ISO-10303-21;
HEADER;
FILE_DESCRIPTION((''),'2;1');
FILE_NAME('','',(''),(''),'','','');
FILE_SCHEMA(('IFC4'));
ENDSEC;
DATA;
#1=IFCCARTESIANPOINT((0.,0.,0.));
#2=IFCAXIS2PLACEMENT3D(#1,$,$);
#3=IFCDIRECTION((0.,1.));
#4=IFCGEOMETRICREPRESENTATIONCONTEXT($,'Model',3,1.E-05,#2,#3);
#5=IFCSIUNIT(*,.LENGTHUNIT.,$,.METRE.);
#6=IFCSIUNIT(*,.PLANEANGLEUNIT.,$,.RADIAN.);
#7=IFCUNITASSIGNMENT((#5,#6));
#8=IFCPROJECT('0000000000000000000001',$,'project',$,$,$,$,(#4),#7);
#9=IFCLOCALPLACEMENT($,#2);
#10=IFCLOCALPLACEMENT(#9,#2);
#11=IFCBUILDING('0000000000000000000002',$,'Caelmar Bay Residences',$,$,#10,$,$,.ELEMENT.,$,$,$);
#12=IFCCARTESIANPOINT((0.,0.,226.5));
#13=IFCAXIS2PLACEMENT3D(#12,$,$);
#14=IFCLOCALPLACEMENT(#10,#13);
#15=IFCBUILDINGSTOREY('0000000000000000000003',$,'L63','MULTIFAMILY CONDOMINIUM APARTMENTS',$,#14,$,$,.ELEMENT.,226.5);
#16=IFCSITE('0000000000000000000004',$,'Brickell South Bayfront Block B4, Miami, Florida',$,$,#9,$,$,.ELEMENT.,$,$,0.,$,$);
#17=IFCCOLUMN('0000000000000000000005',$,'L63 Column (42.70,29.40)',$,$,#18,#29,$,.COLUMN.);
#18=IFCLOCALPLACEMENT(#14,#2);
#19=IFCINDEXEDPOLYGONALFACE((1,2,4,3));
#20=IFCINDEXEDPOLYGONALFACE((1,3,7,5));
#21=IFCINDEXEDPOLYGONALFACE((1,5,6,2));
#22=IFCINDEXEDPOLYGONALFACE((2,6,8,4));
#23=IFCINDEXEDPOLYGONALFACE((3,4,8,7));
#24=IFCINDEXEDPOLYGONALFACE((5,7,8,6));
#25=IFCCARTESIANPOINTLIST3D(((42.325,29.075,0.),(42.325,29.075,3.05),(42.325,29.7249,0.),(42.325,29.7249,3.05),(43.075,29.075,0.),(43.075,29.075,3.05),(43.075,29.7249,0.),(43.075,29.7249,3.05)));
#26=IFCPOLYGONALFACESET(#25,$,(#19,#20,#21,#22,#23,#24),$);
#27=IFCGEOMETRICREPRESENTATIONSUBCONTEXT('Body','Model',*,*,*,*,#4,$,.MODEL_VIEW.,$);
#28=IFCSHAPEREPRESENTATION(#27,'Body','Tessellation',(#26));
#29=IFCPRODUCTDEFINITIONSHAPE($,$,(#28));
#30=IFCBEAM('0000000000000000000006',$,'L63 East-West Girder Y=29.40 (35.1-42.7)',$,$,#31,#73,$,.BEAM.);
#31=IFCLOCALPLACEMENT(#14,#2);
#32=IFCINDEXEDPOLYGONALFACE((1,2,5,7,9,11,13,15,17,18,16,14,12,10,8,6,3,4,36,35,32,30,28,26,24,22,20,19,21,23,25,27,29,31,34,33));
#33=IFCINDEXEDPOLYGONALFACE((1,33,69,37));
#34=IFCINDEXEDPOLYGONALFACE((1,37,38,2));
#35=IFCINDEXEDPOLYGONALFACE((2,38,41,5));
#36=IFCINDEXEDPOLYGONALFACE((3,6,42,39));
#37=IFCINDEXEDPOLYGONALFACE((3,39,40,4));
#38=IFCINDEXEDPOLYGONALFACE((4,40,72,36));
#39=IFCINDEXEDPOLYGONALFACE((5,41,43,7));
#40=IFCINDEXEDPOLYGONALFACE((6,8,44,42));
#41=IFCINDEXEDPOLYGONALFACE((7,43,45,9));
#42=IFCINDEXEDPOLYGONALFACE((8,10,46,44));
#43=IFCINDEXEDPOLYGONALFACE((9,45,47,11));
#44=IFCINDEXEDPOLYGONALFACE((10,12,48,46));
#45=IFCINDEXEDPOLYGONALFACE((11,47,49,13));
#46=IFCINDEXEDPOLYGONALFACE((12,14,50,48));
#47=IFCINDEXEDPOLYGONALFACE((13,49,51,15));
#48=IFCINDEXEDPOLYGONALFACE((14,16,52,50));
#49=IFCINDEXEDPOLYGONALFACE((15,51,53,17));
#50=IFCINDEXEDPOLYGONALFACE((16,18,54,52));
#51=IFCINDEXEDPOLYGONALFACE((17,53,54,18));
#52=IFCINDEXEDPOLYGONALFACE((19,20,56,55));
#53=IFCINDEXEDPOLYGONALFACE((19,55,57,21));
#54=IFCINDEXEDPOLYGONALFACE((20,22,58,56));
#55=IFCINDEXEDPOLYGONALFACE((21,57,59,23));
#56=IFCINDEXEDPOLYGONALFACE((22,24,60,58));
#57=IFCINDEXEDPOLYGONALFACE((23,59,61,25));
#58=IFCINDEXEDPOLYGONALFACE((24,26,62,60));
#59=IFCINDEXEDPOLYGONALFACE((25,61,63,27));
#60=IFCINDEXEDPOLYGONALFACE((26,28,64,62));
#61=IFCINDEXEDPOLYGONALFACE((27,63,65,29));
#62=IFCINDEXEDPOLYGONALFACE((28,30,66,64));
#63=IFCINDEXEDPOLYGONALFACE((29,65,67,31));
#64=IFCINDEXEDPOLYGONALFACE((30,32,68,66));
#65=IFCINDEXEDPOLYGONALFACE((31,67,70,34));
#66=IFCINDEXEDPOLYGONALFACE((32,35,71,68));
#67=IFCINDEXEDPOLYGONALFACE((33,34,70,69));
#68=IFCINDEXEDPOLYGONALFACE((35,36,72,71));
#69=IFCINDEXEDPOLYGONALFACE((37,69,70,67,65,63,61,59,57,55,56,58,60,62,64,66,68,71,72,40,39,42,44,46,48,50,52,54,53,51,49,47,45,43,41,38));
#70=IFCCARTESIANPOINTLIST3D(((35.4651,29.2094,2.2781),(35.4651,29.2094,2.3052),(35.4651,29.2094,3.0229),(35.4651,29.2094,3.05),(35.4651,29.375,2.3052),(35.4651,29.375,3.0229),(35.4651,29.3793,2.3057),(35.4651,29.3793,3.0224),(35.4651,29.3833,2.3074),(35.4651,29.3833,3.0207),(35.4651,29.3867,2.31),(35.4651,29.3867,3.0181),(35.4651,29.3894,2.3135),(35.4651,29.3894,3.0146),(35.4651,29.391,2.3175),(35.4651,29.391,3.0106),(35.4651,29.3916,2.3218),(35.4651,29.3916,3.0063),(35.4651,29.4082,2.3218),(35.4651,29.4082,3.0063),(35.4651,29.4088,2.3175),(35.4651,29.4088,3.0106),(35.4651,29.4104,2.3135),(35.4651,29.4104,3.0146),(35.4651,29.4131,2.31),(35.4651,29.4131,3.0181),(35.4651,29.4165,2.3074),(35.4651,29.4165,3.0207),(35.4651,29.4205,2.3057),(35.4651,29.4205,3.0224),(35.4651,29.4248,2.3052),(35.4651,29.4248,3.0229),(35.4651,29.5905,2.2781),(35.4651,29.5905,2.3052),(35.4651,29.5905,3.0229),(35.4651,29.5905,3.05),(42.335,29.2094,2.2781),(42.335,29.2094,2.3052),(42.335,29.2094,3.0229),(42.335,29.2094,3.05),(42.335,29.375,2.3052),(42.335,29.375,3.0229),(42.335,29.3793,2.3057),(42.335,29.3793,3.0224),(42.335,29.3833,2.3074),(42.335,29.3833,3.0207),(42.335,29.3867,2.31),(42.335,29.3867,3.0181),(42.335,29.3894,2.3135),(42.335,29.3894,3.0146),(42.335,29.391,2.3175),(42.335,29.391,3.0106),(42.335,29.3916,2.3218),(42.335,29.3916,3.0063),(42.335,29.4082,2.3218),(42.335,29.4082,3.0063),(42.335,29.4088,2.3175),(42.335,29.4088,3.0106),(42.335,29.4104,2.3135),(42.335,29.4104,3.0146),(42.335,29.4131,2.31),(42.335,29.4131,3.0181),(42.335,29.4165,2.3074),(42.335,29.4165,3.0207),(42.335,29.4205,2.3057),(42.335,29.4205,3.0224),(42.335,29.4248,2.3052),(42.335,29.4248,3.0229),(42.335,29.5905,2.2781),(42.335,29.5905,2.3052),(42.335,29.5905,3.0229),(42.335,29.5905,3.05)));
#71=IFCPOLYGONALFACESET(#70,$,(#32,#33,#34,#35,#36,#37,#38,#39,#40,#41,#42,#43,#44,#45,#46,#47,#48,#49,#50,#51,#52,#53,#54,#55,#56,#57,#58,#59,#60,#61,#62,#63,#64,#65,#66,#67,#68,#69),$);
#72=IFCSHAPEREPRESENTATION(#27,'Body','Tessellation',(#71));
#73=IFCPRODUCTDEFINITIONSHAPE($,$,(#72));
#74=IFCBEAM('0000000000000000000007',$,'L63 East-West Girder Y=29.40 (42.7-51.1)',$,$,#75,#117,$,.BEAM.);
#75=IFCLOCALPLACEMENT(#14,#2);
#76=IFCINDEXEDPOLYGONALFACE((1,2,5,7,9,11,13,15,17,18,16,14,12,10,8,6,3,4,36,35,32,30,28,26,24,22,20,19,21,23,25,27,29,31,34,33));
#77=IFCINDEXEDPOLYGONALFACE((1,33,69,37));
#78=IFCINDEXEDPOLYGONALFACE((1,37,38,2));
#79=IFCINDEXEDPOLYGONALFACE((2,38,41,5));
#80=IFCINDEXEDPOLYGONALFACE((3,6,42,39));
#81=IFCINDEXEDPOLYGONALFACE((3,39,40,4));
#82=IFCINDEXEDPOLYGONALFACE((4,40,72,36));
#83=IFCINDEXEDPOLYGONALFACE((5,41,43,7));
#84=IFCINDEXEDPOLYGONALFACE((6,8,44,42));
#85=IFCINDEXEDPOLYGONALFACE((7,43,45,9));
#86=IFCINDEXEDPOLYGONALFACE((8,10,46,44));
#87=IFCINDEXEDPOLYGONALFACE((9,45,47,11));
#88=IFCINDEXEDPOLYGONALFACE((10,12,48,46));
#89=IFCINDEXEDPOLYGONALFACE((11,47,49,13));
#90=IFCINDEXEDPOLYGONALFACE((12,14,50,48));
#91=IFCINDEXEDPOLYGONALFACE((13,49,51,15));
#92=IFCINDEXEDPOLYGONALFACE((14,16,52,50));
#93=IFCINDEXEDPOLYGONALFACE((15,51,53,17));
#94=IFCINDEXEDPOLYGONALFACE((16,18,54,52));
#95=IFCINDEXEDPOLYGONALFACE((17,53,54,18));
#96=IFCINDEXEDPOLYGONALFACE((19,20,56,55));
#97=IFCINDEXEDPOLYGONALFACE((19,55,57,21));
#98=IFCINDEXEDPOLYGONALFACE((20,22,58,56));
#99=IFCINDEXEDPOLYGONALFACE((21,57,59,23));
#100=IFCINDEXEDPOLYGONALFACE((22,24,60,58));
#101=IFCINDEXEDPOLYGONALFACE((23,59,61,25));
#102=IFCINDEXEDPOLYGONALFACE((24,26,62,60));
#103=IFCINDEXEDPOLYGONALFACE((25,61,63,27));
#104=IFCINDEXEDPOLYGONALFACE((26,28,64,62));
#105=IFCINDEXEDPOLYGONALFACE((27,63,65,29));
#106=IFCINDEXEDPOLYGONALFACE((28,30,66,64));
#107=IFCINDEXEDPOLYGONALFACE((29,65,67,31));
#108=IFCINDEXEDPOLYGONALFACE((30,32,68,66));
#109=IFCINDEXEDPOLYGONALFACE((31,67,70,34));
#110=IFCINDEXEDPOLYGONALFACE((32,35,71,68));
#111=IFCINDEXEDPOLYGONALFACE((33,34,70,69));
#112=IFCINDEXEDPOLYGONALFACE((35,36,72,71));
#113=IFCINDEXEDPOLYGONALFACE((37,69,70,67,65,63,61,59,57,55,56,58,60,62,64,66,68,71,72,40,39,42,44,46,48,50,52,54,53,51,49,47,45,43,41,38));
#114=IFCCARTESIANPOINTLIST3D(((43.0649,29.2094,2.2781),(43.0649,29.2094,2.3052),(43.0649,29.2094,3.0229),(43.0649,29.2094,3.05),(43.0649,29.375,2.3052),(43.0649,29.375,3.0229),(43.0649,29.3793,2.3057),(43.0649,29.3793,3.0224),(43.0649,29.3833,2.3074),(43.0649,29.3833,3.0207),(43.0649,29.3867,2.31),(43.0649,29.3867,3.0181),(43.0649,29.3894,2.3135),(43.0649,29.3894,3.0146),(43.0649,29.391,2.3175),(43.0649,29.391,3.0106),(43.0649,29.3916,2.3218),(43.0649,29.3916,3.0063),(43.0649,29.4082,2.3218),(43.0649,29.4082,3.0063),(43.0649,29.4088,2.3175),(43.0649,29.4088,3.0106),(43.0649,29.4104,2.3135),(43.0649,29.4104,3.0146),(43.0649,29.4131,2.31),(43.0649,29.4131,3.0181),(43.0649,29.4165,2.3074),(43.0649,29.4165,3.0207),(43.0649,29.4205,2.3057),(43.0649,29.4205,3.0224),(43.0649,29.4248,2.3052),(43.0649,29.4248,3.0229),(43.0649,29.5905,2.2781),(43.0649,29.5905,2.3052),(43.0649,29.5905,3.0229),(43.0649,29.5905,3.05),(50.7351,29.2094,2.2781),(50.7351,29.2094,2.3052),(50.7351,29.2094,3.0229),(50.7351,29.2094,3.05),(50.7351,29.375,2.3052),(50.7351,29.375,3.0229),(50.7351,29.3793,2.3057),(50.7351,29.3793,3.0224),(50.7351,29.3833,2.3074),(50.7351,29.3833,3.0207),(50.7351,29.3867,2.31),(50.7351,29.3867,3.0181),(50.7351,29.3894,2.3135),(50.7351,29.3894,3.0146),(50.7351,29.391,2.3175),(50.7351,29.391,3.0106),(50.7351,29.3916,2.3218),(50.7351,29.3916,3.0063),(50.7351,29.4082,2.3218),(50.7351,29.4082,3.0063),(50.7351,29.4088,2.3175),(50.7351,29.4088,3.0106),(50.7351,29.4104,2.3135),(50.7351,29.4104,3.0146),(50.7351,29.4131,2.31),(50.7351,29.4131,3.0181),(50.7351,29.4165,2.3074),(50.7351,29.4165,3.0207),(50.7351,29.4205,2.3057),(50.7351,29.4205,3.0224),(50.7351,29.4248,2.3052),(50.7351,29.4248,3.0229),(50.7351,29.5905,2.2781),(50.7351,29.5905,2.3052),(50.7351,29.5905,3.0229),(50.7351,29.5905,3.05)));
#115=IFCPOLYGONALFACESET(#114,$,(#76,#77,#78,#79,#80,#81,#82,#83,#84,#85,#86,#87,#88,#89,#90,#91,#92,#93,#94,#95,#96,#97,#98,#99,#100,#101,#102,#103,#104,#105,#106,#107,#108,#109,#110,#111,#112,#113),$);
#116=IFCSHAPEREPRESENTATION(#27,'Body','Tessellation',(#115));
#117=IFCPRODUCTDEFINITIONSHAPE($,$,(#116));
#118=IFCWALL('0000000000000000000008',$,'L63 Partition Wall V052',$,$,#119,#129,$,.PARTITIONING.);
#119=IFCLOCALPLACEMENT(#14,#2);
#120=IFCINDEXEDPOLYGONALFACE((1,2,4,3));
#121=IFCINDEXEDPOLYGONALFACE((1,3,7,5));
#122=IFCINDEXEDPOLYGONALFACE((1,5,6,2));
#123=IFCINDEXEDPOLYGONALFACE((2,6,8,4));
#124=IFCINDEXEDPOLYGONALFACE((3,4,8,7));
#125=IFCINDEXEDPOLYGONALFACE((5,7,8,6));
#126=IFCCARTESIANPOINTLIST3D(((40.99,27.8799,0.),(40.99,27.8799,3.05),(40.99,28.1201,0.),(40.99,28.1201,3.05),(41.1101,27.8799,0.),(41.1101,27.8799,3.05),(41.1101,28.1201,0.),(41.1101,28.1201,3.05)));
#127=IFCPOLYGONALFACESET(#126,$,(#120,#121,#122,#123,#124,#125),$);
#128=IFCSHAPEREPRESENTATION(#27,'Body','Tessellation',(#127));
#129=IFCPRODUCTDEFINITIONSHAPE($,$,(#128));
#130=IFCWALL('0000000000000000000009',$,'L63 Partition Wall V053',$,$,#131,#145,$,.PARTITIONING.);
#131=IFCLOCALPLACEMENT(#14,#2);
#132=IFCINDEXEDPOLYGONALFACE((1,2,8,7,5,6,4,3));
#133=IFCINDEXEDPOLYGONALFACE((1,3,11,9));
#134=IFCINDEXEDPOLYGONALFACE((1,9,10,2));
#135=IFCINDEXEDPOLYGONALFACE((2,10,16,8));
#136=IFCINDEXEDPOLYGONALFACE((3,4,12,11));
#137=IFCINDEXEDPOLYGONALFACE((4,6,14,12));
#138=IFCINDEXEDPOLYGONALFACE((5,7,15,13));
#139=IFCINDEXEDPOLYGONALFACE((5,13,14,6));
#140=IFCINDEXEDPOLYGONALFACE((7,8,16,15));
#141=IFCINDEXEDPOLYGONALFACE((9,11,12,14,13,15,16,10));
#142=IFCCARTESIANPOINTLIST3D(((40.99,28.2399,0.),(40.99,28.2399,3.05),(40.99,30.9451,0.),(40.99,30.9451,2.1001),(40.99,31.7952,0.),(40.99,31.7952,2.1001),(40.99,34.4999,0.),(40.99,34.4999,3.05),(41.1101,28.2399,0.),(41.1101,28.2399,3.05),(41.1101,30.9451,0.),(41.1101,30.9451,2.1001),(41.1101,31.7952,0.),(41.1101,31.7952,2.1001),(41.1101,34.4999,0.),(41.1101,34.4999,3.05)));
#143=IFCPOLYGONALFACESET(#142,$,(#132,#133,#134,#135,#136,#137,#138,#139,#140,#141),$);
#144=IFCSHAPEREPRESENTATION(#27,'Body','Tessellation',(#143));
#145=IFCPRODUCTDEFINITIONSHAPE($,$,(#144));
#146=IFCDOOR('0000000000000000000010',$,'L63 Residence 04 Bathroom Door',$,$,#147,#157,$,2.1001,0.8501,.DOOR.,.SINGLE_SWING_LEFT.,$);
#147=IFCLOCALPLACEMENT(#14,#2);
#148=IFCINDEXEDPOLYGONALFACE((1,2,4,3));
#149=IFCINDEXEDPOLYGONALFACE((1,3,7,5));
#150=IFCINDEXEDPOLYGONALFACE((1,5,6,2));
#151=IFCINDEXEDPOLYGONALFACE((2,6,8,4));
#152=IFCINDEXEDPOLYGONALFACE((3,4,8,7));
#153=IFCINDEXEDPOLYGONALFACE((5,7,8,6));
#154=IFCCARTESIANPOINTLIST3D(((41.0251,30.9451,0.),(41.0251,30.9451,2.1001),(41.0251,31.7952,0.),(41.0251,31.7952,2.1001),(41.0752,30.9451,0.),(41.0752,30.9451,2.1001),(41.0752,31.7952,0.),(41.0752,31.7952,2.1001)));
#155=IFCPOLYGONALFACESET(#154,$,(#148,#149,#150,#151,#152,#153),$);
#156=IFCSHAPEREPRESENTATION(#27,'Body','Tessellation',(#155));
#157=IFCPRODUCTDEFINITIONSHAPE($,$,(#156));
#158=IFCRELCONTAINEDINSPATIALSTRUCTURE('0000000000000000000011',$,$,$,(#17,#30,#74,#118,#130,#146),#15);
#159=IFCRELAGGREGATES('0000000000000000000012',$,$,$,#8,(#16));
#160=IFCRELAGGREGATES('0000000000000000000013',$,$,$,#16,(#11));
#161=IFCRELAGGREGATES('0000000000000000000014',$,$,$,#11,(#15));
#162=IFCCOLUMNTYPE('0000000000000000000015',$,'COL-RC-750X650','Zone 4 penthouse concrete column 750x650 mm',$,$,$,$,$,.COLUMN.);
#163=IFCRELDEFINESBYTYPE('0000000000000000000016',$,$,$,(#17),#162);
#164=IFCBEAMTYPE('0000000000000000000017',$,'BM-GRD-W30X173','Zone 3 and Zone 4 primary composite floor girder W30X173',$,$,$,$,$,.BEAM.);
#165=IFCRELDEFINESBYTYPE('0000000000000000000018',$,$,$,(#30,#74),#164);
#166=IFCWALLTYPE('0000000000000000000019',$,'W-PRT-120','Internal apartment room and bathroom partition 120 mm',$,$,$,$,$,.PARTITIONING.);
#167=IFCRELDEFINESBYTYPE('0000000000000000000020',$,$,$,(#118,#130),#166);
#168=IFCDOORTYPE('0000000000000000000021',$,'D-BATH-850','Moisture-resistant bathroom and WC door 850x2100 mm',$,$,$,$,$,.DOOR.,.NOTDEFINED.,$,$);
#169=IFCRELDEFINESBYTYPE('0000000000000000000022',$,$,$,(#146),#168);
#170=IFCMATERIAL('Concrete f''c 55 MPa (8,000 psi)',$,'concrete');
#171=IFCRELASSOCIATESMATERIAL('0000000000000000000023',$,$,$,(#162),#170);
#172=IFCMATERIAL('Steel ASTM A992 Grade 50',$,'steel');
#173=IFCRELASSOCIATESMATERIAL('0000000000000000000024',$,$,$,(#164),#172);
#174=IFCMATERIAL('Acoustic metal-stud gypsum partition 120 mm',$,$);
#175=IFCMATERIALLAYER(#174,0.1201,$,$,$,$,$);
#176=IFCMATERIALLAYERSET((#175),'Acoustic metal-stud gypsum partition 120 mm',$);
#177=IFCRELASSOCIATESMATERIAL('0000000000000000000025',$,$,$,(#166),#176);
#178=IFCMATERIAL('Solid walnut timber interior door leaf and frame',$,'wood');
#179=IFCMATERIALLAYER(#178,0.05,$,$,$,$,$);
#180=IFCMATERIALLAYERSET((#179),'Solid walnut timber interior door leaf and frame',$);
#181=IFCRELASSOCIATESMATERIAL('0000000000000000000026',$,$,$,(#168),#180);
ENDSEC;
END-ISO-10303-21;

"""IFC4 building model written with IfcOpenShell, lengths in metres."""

from ifc_helpers import new_model, si_unit, direction, frame, frame_2d, origin, origin_2d, place, context, subcontext, project, spatial, rectangle, i_section, extrude, material, layer, layer_set, material_profile, profile_set, type_object, element, fill, save


model = new_model("IFC4")

# Units and contexts
model_context = context("Model", 3, precision=1e-05, world=origin(), true_north=direction((0.0, 1.0)))
body_context = subcontext(model_context, "Body", "Model", "MODEL_VIEW")
ifc_project = project(units=[si_unit("LENGTHUNIT", "METRE"), si_unit("PLANEANGLEUNIT", "RADIAN")], contexts=[model_context])

# Site, building, storey
site_placement = place(None, origin())
site = spatial("IfcSite", under=ifc_project, at=site_placement, Name="Brickell South Bayfront Block B4, Miami, Florida", CompositionType="ELEMENT", RefElevation=0.0)
building_placement = place(site_placement, origin())
building = spatial("IfcBuilding", under=site, at=building_placement, Name="Caelmar Bay Residences", CompositionType="ELEMENT")
storey_placement = place(building_placement, frame((0.0, 0.0, 226.5)))
storey = spatial("IfcBuildingStorey", under=building, at=storey_placement, Name="L63", Description="MULTIFAMILY CONDOMINIUM APARTMENTS", CompositionType="ELEMENT", Elevation=226.5)

# Column
ifc_material_1 = material(Name="Concrete f'c 55 MPa (8,000 psi)", Category="concrete")
ifc_material_profile_1 = material_profile(ifc_material_1, rectangle(XDim=0.75, YDim=0.6499, at=origin_2d()), Name="RC-COL-750X650")
ifc_profile_set_1 = profile_set([ifc_material_profile_1], Name="Concrete f'c 55 MPa (8,000 psi)")
column_type = type_object("IfcColumnType", Name="COL-RC-750X650", Description="Zone 4 penthouse concrete column 750x650 mm", PredefinedType="COLUMN", material=ifc_profile_set_1)
column_placement = place(storey_placement, frame((42.7, 29.3999, 0.0), z_axis=(0.0, 0.0, 1.0), x_axis=(1.0, 0.0, 0.0)))
element("IfcColumn", 1, at=column_placement, inside=storey, type_object=column_type, Name="L63 Column (42.70,29.40)", PredefinedType="COLUMN", context=body_context, shape_type="SweptSolid", body=[
    extrude(rectangle(XDim=0.75, YDim=0.6499, at=origin_2d()), origin(), (0.0, 0.0, 1.0), 3.05),
])

# Beams
ifc_material_2 = material(Name="Steel ASTM A992 Grade 50", Category="steel")
ifc_material_profile_2 = material_profile(ifc_material_2, i_section(OverallWidth=0.3811, OverallDepth=0.772, WebThickness=0.0166, FlangeThickness=0.0271, FilletRadius=0.0166, at=origin_2d()), Name="W30X173")
ifc_profile_set_2 = profile_set([ifc_material_profile_2], Name="Steel ASTM A992 Grade 50")
beam_type = type_object("IfcBeamType", Name="BM-GRD-W30X173", Description="Zone 3 and Zone 4 primary composite floor girder W30X173", PredefinedType="BEAM", material=ifc_profile_set_2)
beam_1_placement = place(storey_placement, frame((35.4651, 29.3999, 2.6641), z_axis=(1.0, 0.0, 0.0), x_axis=(0.0, 1.0, 0.0)))
element("IfcBeam", 2, at=beam_1_placement, inside=storey, type_object=beam_type, Name="L63 East-West Girder Y=29.40 (35.1-42.7)", PredefinedType="BEAM", context=body_context, shape_type="SweptSolid", body=[
    extrude(i_section(OverallWidth=0.3811, OverallDepth=0.772, WebThickness=0.0166, FlangeThickness=0.0271, FilletRadius=0.0166, at=origin_2d()), origin(), (0.0, 0.0, 1.0), 6.8699),
])
beam_2_placement = place(storey_placement, frame((43.0649, 29.3999, 2.6641), z_axis=(1.0, 0.0, 0.0), x_axis=(0.0, 1.0, 0.0)))
element("IfcBeam", 3, at=beam_2_placement, inside=storey, type_object=beam_type, Name="L63 East-West Girder Y=29.40 (42.7-51.1)", PredefinedType="BEAM", context=body_context, shape_type="SweptSolid", body=[
    extrude(i_section(OverallWidth=0.3811, OverallDepth=0.772, WebThickness=0.0166, FlangeThickness=0.0271, FilletRadius=0.0166, at=origin_2d()), origin(), (0.0, 0.0, 1.0), 7.6702),
])

# Wall
ifc_material_3 = material(Name="Acoustic metal-stud gypsum partition 120 mm")
ifc_layer_1 = layer(ifc_material_3, 0.1201)
ifc_layer_set_1 = layer_set([ifc_layer_1], Name="Acoustic metal-stud gypsum partition 120 mm")
wall_type_1 = type_object("IfcWallType", Name="W-PRT-120", Description="Internal apartment room and bathroom partition 120 mm", PredefinedType="PARTITIONING", material=ifc_layer_set_1)
wall_1_placement = place(storey_placement, frame((41.05, 27.8799, 0.0), z_axis=(0.0, 0.0, 1.0), x_axis=(0.0, 1.0, 0.0)))
element("IfcWall", 4, at=wall_1_placement, inside=storey, type_object=wall_type_1, Name="L63 Partition Wall V052", PredefinedType="PARTITIONING", context=body_context, shape_type="SweptSolid", body=[
    extrude(rectangle(XDim=0.2402, YDim=0.1201, at=frame_2d((0.1201, 0.0))), origin(), (0.0, 0.0, 1.0), 3.05),
])

# Wall, opening, door
wall_2_placement = place(storey_placement, frame((41.05, 28.24, 0.0), z_axis=(0.0, 0.0, 1.0), x_axis=(0.0, 1.0, 0.0)))
wall_2 = element("IfcWall", 5, at=wall_2_placement, inside=storey, type_object=wall_type_1, Name="L63 Partition Wall V053", PredefinedType="PARTITIONING", context=body_context, shape_type="SweptSolid", body=[
    extrude(rectangle(XDim=6.26, YDim=0.1201, at=frame_2d((3.1299, 0.0))), origin(), (0.0, 0.0, 1.0), 3.05),
])
opening_1_placement = place(wall_2_placement, frame((2.7051, 0.0, 0.0)))
opening_1 = element("IfcOpeningElement", 6, at=opening_1_placement, cuts=wall_2, PredefinedType="OPENING", context=body_context, shape_type="SweptSolid", body=[
    extrude(rectangle(XDim=0.8501, YDim=2.1001, at=frame_2d((0.425, 1.05))), frame((0.0, 0.0701, 0.0), z_axis=(0.0, -1.0, 0.0), x_axis=(1.0, 0.0, 0.0)), (0.0, 0.0, 1.0), 0.1401),
])
ifc_material_4 = material(Name="Solid walnut timber interior door leaf and frame", Category="wood")
ifc_layer_2 = layer(ifc_material_4, 0.05)
ifc_layer_set_2 = layer_set([ifc_layer_2], Name="Solid walnut timber interior door leaf and frame")
door_type_1 = type_object("IfcDoorType", Name="D-BATH-850", Description="Moisture-resistant bathroom and WC door 850x2100 mm", OperationType="NOTDEFINED", PredefinedType="DOOR", material=ifc_layer_set_2)
door_1_placement = place(opening_1_placement, origin())
door_1 = element("IfcDoor", 7, at=door_1_placement, inside=storey, type_object=door_type_1, Name="L63 Residence 04 Bathroom Door", OperationType="SINGLE_SWING_LEFT", OverallHeight=2.1001, OverallWidth=0.8501, PredefinedType="DOOR", context=body_context, shape_type="SweptSolid", body=[
    extrude(rectangle(XDim=0.8501, YDim=2.1001, at=frame_2d((0.425, 1.05))), frame((0.0, 0.0249, 0.0), z_axis=(0.0, -1.0, 0.0), x_axis=(1.0, 0.0, 0.0)), (0.0, 0.0, 1.0), 0.05),
])
fill(opening_1, door_1)

save(model, "model.ifc")
